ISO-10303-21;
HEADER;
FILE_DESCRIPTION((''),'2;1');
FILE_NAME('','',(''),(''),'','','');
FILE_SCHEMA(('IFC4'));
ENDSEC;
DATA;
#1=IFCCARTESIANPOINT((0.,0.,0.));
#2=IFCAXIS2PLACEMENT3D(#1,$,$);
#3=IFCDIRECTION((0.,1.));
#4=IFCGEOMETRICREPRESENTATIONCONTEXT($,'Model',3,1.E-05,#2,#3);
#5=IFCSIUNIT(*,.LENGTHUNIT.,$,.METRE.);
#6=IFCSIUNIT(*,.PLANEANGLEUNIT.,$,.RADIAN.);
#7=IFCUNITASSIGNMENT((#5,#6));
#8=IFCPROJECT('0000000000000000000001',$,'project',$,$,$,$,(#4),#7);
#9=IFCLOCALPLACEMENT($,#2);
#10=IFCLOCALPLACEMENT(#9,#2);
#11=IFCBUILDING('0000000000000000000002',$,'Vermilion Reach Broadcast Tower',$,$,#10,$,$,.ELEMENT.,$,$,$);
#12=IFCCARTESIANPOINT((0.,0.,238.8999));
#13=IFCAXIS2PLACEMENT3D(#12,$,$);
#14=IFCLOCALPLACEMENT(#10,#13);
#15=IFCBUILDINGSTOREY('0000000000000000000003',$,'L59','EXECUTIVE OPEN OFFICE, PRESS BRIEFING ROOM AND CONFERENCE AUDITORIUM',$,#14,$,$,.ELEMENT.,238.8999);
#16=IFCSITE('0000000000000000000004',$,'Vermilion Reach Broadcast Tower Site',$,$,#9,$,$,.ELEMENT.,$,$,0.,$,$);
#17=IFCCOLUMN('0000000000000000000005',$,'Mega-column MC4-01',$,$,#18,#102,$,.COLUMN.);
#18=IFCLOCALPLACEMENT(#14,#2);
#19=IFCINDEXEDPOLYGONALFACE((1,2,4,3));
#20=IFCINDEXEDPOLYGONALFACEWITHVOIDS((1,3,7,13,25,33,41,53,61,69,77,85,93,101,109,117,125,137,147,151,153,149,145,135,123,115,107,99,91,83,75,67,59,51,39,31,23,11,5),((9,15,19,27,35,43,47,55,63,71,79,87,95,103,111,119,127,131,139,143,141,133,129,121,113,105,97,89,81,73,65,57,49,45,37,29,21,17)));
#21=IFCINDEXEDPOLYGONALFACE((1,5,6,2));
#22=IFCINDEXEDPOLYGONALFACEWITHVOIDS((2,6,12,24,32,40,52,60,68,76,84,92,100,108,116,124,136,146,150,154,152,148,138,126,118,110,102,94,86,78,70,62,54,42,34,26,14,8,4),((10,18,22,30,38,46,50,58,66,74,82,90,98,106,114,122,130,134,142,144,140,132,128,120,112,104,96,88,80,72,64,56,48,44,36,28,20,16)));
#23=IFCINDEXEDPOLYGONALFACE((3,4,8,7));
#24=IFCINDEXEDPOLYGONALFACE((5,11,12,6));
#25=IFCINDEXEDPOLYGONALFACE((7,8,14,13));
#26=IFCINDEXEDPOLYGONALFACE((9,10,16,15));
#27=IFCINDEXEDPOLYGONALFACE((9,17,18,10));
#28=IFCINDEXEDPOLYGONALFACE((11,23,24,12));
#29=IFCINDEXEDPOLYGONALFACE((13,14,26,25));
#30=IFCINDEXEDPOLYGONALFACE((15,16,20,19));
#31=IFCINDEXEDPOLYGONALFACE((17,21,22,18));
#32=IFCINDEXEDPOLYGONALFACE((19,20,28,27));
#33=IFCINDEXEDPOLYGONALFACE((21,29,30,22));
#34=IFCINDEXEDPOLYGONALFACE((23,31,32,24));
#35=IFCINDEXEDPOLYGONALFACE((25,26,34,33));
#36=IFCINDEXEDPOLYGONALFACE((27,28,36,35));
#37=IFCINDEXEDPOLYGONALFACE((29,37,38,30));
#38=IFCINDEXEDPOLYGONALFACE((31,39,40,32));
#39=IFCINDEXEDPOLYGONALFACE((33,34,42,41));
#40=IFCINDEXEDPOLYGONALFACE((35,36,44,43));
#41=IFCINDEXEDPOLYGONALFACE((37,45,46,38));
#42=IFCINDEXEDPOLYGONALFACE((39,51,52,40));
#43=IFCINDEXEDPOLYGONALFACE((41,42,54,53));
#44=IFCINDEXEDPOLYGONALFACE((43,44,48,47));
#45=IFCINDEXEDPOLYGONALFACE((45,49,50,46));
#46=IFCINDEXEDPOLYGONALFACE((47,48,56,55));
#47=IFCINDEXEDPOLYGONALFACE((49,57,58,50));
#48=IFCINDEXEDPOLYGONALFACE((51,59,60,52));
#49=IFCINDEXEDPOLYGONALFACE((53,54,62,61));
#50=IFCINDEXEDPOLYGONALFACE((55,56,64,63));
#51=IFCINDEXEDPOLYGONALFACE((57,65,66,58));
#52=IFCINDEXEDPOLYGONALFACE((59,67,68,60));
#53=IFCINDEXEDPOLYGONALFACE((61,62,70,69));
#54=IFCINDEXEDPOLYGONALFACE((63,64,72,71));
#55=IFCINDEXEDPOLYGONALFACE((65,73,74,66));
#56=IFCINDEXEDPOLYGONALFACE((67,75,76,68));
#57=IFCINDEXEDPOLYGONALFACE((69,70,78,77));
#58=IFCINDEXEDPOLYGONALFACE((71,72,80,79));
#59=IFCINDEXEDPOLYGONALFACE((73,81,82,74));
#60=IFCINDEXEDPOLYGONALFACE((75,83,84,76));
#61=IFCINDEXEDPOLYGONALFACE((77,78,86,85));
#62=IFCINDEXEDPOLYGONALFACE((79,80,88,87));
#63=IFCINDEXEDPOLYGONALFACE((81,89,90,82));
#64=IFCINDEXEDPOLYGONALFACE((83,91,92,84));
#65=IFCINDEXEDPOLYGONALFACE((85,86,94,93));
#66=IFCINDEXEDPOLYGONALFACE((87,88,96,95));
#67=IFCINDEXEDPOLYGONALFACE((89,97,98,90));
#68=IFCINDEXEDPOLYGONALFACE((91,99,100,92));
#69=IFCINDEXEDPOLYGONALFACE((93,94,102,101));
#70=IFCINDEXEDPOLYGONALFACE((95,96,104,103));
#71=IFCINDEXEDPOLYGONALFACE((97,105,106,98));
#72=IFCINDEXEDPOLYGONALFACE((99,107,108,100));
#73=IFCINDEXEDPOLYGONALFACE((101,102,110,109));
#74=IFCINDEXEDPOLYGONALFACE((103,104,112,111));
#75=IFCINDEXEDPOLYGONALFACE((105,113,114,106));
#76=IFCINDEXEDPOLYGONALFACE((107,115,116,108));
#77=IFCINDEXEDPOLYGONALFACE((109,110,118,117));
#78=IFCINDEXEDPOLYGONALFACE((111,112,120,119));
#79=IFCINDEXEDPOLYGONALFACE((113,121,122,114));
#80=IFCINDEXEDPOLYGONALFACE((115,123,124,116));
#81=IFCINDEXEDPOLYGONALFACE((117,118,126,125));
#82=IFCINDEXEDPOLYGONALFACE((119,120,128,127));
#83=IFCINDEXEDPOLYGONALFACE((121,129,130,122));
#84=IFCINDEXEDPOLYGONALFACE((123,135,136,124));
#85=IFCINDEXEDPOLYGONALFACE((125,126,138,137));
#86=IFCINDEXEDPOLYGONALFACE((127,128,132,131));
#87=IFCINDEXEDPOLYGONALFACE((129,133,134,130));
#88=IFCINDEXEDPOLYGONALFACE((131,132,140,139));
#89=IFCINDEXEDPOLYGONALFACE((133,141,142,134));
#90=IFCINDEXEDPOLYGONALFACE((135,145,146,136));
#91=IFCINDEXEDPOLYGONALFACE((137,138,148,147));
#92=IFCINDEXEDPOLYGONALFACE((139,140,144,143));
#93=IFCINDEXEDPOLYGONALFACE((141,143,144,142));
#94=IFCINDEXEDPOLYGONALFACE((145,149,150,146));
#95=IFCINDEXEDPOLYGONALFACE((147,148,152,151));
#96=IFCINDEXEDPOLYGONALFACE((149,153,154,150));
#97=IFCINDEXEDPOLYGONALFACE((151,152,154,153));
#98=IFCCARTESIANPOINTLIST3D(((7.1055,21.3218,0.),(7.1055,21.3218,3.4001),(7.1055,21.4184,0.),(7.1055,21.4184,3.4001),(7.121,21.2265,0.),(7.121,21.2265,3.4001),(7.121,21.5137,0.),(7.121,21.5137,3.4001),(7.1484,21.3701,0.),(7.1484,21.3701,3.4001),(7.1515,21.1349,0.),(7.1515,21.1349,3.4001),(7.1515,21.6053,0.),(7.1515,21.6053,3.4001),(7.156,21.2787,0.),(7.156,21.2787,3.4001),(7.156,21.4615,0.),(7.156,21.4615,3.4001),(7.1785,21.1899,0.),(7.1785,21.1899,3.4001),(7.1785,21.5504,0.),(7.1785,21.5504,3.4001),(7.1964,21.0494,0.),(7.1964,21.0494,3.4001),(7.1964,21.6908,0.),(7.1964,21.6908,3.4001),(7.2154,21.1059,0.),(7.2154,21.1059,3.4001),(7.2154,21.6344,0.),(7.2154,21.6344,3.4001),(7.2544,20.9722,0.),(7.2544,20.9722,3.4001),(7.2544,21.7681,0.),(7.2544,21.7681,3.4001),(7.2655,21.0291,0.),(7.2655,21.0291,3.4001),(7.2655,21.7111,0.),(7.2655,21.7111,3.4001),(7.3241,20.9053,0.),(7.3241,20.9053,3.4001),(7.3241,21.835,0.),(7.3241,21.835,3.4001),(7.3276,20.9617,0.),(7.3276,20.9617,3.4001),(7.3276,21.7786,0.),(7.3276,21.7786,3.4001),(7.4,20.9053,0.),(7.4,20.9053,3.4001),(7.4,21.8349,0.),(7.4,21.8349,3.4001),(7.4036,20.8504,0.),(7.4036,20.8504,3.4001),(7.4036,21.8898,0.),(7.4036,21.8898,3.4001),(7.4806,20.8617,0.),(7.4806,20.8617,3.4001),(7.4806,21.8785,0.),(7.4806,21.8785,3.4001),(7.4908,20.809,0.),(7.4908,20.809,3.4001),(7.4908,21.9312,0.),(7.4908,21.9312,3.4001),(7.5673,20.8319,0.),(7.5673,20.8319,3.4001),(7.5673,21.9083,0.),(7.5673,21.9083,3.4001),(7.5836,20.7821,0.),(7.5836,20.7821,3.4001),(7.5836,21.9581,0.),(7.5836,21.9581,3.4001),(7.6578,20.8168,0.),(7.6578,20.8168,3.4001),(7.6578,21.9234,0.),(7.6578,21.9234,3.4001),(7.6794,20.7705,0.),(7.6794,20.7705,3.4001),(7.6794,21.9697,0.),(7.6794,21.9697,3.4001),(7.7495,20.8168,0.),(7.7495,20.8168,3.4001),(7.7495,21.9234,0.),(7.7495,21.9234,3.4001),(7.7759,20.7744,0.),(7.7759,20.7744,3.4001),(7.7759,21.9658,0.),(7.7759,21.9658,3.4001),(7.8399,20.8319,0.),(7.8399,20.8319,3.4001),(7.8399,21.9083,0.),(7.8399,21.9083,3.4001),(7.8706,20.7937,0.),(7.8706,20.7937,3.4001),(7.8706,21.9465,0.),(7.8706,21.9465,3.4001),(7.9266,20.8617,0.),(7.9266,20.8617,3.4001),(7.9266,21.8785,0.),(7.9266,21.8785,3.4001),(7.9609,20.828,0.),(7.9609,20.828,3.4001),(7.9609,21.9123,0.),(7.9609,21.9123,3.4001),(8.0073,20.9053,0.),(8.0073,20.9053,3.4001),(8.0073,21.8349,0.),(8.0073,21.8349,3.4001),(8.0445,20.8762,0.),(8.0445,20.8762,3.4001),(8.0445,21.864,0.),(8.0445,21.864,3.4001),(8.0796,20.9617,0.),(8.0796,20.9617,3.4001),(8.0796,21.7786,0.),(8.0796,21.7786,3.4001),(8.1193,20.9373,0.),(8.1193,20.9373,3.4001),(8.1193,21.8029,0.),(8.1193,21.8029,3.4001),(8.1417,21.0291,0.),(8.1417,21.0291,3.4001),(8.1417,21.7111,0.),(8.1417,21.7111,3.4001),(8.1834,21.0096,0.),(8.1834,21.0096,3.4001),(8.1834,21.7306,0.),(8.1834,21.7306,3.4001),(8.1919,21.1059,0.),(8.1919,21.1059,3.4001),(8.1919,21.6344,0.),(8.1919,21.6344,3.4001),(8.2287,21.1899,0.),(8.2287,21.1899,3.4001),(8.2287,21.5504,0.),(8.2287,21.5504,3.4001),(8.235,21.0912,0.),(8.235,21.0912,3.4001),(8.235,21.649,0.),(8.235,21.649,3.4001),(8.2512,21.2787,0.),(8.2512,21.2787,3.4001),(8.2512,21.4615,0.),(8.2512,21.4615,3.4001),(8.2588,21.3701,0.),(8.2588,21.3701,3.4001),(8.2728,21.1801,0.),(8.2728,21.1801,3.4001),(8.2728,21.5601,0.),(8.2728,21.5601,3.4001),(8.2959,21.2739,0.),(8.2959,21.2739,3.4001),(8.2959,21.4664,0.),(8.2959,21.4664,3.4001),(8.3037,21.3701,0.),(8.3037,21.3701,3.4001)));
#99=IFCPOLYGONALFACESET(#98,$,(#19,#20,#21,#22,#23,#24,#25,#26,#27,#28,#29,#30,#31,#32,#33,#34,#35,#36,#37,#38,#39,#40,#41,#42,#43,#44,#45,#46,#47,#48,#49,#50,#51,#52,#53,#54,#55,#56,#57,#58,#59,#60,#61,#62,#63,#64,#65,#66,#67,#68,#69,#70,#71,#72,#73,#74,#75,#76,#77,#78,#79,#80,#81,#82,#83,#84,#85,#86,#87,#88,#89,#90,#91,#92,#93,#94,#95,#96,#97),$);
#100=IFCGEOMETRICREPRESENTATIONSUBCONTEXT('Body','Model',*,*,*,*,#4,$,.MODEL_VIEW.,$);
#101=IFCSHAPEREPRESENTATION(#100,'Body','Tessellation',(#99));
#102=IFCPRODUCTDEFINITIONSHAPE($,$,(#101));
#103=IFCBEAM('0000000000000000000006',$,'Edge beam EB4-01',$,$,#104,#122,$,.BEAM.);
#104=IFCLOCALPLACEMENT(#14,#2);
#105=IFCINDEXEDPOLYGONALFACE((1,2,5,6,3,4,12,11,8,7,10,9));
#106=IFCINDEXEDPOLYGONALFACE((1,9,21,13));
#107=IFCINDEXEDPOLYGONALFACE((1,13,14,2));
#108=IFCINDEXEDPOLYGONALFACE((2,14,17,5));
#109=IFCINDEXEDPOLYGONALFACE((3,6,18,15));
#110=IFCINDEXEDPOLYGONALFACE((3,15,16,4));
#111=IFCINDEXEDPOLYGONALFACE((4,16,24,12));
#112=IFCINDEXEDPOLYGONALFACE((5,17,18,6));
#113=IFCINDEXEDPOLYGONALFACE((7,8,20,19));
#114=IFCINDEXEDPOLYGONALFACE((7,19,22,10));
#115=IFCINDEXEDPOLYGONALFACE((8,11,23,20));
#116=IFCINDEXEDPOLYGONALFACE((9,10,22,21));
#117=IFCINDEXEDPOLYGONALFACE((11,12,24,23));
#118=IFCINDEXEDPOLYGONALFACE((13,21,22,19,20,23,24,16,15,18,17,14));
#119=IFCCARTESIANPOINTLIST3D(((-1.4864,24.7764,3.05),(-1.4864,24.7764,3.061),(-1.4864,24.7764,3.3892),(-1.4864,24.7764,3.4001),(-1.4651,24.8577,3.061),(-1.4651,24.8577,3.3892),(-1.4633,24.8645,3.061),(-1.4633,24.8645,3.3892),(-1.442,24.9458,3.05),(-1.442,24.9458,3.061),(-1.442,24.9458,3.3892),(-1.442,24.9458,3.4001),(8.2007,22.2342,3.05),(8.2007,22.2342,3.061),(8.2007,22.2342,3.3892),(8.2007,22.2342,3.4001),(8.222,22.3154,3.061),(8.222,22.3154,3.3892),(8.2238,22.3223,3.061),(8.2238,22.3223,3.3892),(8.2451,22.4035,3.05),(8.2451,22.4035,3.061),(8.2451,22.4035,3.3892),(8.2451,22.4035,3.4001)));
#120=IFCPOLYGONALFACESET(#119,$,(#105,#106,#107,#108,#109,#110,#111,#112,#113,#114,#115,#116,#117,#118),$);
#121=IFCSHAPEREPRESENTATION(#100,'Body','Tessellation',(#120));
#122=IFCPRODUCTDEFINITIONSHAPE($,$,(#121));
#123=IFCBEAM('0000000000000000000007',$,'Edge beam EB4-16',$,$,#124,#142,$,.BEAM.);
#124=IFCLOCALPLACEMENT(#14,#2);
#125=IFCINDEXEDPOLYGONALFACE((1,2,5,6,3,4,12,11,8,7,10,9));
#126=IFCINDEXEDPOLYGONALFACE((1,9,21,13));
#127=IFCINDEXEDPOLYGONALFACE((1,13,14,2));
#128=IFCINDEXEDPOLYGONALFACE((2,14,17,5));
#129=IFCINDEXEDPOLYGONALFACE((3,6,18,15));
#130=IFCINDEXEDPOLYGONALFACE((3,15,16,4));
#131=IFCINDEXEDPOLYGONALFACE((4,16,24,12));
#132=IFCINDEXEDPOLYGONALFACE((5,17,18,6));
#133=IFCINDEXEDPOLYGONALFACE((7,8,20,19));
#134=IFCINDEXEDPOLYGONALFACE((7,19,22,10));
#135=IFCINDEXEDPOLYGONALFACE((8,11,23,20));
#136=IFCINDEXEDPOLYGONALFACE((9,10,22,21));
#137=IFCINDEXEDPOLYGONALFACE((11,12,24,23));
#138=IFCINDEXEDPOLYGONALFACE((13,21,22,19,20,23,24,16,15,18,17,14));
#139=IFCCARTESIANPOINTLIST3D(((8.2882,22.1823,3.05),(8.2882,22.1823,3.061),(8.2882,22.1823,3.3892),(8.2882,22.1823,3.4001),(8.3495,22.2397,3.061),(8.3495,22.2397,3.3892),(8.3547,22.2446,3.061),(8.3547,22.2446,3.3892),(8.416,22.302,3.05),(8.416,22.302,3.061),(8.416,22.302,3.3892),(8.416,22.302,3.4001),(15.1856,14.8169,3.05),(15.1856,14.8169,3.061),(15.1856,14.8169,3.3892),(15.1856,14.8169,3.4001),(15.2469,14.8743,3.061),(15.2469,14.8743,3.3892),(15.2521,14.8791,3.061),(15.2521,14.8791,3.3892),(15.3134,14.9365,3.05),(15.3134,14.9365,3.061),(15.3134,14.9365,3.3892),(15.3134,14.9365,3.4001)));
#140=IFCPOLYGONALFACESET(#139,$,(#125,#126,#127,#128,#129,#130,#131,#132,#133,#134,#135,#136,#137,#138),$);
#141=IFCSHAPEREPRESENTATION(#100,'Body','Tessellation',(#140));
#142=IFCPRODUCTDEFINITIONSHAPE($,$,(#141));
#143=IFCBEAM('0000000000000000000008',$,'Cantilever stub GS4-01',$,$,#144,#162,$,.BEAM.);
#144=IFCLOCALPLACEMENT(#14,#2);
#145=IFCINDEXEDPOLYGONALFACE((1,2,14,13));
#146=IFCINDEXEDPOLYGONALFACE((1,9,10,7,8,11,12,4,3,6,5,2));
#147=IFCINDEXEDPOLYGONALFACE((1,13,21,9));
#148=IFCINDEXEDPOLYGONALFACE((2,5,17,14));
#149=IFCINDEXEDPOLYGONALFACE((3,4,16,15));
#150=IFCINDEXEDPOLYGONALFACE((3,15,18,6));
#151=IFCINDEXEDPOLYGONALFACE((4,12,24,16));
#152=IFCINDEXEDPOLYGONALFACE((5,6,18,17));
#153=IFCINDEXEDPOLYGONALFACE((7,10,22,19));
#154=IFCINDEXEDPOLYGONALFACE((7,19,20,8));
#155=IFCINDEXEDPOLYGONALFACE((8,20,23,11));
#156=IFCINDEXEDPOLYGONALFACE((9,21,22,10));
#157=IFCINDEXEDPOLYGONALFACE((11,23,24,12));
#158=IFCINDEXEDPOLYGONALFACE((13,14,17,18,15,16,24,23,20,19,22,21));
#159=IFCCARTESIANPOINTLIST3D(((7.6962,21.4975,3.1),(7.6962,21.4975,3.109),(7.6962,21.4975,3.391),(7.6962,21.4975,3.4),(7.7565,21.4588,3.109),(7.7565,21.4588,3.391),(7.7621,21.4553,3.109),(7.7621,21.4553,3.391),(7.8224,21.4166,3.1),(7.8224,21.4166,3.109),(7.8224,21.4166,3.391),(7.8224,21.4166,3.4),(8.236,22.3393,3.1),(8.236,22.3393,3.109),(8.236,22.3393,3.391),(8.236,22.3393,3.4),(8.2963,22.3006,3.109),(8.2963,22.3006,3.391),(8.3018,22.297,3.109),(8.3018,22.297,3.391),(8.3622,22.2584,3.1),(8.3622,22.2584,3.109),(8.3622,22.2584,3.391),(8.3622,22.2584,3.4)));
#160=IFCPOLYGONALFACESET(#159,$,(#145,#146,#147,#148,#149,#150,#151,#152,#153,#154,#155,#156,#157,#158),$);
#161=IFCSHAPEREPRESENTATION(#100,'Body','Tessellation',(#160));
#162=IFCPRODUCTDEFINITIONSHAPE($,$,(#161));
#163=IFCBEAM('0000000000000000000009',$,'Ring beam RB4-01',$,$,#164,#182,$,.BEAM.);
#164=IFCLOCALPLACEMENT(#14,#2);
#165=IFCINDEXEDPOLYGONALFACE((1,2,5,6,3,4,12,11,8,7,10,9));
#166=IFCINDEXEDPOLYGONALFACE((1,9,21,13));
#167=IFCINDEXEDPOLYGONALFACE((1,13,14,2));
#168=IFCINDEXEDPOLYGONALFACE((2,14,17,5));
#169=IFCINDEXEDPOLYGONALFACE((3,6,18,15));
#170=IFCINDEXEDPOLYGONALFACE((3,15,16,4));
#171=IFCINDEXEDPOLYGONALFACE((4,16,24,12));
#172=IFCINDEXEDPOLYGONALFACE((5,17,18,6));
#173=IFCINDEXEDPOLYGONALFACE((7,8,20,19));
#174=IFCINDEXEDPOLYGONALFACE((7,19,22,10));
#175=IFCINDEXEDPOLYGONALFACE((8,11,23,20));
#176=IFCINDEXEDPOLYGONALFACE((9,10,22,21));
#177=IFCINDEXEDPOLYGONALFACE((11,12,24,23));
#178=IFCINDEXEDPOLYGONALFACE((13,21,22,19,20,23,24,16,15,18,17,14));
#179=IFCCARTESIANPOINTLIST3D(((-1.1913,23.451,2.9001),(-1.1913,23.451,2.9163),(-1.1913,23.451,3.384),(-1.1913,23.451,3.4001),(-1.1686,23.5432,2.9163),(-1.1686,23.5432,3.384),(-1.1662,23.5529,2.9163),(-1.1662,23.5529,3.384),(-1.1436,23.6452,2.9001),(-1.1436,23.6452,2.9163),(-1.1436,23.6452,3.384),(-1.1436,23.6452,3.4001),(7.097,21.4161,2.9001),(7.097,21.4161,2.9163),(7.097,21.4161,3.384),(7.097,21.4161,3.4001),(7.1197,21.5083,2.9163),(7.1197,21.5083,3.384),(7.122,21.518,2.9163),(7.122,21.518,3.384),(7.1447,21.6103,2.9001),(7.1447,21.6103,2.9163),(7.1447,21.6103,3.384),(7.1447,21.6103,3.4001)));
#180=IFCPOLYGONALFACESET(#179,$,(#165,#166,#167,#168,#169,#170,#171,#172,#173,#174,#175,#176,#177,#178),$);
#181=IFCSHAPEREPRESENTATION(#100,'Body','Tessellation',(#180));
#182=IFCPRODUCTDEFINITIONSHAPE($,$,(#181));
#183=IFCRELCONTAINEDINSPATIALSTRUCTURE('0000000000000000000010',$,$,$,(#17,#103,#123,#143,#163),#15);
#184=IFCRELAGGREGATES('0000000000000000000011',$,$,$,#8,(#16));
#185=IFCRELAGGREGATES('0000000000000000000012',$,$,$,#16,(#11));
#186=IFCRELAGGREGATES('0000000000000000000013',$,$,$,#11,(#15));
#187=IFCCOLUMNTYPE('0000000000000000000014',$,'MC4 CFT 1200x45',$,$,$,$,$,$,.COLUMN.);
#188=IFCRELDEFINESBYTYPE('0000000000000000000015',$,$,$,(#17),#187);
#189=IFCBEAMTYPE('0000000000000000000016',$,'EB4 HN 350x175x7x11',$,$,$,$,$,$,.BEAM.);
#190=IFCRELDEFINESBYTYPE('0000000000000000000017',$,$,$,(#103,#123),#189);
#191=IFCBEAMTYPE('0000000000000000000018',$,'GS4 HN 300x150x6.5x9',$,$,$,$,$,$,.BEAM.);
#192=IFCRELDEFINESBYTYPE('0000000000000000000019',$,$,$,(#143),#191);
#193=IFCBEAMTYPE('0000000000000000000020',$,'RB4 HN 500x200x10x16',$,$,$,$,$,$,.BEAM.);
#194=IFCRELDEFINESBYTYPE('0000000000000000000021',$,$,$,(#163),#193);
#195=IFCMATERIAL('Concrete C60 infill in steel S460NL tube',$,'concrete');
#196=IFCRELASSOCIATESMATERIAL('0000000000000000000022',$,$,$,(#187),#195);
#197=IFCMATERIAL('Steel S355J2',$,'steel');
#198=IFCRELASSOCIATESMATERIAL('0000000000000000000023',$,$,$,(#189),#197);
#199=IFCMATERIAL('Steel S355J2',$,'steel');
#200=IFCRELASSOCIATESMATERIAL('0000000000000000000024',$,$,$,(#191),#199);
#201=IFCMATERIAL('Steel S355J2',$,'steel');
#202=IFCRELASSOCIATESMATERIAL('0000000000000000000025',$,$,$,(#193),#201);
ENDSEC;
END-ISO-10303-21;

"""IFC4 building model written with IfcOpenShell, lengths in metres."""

from ifc_helpers import new_model, si_unit, direction, frame, origin, origin_2d, place, context, subcontext, project, spatial, hollow_circle, i_section, extrude, material, material_profile, profile_set, type_object, element, save


model = new_model("IFC4")

# Units and contexts
model_context = context("Model", 3, precision=1e-05, world=origin(), true_north=direction((0.0, 1.0)))
body_context = subcontext(model_context, "Body", "Model", "MODEL_VIEW")
ifc_project = project(units=[si_unit("LENGTHUNIT", "METRE"), si_unit("PLANEANGLEUNIT", "RADIAN")], contexts=[model_context])

# Site, building, storey
site_placement = place(None, origin())
site = spatial("IfcSite", under=ifc_project, at=site_placement, Name="Vermilion Reach Broadcast Tower Site", CompositionType="ELEMENT", RefElevation=0.0)
building_placement = place(site_placement, origin())
building = spatial("IfcBuilding", under=site, at=building_placement, Name="Vermilion Reach Broadcast Tower", CompositionType="ELEMENT")
storey_placement = place(building_placement, frame((0.0, 0.0, 238.8999)))
storey = spatial("IfcBuildingStorey", under=building, at=storey_placement, Name="L59", Description="EXECUTIVE OPEN OFFICE, PRESS BRIEFING ROOM AND CONFERENCE AUDITORIUM", CompositionType="ELEMENT", Elevation=238.8999)

# Column
ifc_material_1 = material(Name="Concrete C60 infill in steel S460NL tube", Category="concrete")
ifc_material_profile_1 = material_profile(ifc_material_1, hollow_circle(Radius=0.6001, WallThickness=0.0449, at=origin_2d()), Name="Concrete C60 infill in steel S460NL tube CFT 1200x45")
ifc_profile_set_1 = profile_set([ifc_material_profile_1], Name="Concrete C60 infill in steel S460NL tube")
column_type = type_object("IfcColumnType", Name="MC4 CFT 1200x45", PredefinedType="COLUMN", material=ifc_profile_set_1)
column_placement = place(storey_placement, frame((7.7036, 21.3701, 0.0), z_axis=(0.0, 0.0, 1.0), x_axis=(1.0, 0.0, 0.0)))
element("IfcColumn", 1, at=column_placement, inside=storey, type_object=column_type, Name="Mega-column MC4-01", PredefinedType="COLUMN", context=body_context, shape_type="SweptSolid", body=[
    extrude(hollow_circle(Radius=0.6001, WallThickness=0.0449, at=origin_2d()), origin(), (0.0, 0.0, 1.0), 3.4001),
])

# Beams
ifc_material_2 = material(Name="Steel S355J2", Category="steel")
ifc_material_profile_2 = material_profile(ifc_material_2, i_section(OverallWidth=0.175, OverallDepth=0.3501, WebThickness=0.0071, FlangeThickness=0.011, at=origin_2d()), Name="S355J2 HN 350x175x7x11")
ifc_profile_set_2 = profile_set([ifc_material_profile_2], Name="Steel S355J2")
beam_type_1 = type_object("IfcBeamType", Name="EB4 HN 350x175x7x11", PredefinedType="BEAM", material=ifc_profile_set_2)
beam_1_placement = place(storey_placement, frame((8.2229, 22.3188, 3.2251), z_axis=(-0.967246, 0.253842, 0.0), x_axis=(-0.253842, -0.967246, 0.0)))
element("IfcBeam", 2, at=beam_1_placement, inside=storey, type_object=beam_type_1, Name="Edge beam EB4-01", PredefinedType="BEAM", context=body_context, shape_type="SweptSolid", body=[
    extrude(i_section(OverallWidth=0.175, OverallDepth=0.3501, WebThickness=0.0071, FlangeThickness=0.011, at=origin_2d()), origin(), (0.0, 0.0, 1.0), 10.0151),
])
beam_2_placement = place(storey_placement, frame((15.2495, 14.8767, 3.2251), z_axis=(-0.683536, 0.729917, 0.0), x_axis=(-0.729917, -0.683536, 0.0)))
element("IfcBeam", 3, at=beam_2_placement, inside=storey, type_object=beam_type_1, Name="Edge beam EB4-16", PredefinedType="BEAM", context=body_context, shape_type="SweptSolid", body=[
    extrude(i_section(OverallWidth=0.175, OverallDepth=0.3501, WebThickness=0.0071, FlangeThickness=0.011, at=origin_2d()), origin(), (0.0, 0.0, 1.0), 10.0908),
])
ifc_material_3 = material(Name="Steel S355J2", Category="steel")
ifc_material_profile_3 = material_profile(ifc_material_3, i_section(OverallWidth=0.1499, OverallDepth=0.3, WebThickness=0.0066, FlangeThickness=0.009, at=origin_2d()), Name="S355J2 HN 300x150x6.5x9")
ifc_profile_set_3 = profile_set([ifc_material_profile_3], Name="Steel S355J2")
beam_type_2 = type_object("IfcBeamType", Name="GS4 HN 300x150x6.5x9", PredefinedType="BEAM", material=ifc_profile_set_3)
beam_3_placement = place(storey_placement, frame((7.7593, 21.457, 3.25), z_axis=(0.539795, 0.841797, 0.0), x_axis=(-0.841797, 0.539795, 0.0)))
element("IfcBeam", 4, at=beam_3_placement, inside=storey, type_object=beam_type_2, Name="Cantilever stub GS4-01", PredefinedType="BEAM", context=body_context, shape_type="SweptSolid", body=[
    extrude(i_section(OverallWidth=0.1499, OverallDepth=0.3, WebThickness=0.0066, FlangeThickness=0.009, at=origin_2d()), origin(), (0.0, 0.0, 1.0), 1.0),
])
ifc_material_4 = material(Name="Steel S355J2", Category="steel")
ifc_material_profile_4 = material_profile(ifc_material_4, i_section(OverallWidth=0.2, OverallDepth=0.5, WebThickness=0.01, FlangeThickness=0.0161, at=origin_2d()), Name="S355J2 HN 500x200x10x16")
ifc_profile_set_4 = profile_set([ifc_material_profile_4], Name="Steel S355J2")
beam_type_3 = type_object("IfcBeamType", Name="RB4 HN 500x200x10x16", PredefinedType="BEAM", material=ifc_profile_set_4)
beam_4_placement = place(storey_placement, frame((7.1208, 21.5132, 3.1501), z_axis=(-0.971159, 0.238434, 0.0), x_axis=(-0.238434, -0.971159, 0.0)))
element("IfcBeam", 5, at=beam_4_placement, inside=storey, type_object=beam_type_3, Name="Ring beam RB4-01", PredefinedType="BEAM", context=body_context, shape_type="SweptSolid", body=[
    extrude(i_section(OverallWidth=0.2, OverallDepth=0.5, WebThickness=0.01, FlangeThickness=0.0161, at=origin_2d()), origin(), (0.0, 0.0, 1.0), 8.5344),
])

save(model, "model.ifc")
